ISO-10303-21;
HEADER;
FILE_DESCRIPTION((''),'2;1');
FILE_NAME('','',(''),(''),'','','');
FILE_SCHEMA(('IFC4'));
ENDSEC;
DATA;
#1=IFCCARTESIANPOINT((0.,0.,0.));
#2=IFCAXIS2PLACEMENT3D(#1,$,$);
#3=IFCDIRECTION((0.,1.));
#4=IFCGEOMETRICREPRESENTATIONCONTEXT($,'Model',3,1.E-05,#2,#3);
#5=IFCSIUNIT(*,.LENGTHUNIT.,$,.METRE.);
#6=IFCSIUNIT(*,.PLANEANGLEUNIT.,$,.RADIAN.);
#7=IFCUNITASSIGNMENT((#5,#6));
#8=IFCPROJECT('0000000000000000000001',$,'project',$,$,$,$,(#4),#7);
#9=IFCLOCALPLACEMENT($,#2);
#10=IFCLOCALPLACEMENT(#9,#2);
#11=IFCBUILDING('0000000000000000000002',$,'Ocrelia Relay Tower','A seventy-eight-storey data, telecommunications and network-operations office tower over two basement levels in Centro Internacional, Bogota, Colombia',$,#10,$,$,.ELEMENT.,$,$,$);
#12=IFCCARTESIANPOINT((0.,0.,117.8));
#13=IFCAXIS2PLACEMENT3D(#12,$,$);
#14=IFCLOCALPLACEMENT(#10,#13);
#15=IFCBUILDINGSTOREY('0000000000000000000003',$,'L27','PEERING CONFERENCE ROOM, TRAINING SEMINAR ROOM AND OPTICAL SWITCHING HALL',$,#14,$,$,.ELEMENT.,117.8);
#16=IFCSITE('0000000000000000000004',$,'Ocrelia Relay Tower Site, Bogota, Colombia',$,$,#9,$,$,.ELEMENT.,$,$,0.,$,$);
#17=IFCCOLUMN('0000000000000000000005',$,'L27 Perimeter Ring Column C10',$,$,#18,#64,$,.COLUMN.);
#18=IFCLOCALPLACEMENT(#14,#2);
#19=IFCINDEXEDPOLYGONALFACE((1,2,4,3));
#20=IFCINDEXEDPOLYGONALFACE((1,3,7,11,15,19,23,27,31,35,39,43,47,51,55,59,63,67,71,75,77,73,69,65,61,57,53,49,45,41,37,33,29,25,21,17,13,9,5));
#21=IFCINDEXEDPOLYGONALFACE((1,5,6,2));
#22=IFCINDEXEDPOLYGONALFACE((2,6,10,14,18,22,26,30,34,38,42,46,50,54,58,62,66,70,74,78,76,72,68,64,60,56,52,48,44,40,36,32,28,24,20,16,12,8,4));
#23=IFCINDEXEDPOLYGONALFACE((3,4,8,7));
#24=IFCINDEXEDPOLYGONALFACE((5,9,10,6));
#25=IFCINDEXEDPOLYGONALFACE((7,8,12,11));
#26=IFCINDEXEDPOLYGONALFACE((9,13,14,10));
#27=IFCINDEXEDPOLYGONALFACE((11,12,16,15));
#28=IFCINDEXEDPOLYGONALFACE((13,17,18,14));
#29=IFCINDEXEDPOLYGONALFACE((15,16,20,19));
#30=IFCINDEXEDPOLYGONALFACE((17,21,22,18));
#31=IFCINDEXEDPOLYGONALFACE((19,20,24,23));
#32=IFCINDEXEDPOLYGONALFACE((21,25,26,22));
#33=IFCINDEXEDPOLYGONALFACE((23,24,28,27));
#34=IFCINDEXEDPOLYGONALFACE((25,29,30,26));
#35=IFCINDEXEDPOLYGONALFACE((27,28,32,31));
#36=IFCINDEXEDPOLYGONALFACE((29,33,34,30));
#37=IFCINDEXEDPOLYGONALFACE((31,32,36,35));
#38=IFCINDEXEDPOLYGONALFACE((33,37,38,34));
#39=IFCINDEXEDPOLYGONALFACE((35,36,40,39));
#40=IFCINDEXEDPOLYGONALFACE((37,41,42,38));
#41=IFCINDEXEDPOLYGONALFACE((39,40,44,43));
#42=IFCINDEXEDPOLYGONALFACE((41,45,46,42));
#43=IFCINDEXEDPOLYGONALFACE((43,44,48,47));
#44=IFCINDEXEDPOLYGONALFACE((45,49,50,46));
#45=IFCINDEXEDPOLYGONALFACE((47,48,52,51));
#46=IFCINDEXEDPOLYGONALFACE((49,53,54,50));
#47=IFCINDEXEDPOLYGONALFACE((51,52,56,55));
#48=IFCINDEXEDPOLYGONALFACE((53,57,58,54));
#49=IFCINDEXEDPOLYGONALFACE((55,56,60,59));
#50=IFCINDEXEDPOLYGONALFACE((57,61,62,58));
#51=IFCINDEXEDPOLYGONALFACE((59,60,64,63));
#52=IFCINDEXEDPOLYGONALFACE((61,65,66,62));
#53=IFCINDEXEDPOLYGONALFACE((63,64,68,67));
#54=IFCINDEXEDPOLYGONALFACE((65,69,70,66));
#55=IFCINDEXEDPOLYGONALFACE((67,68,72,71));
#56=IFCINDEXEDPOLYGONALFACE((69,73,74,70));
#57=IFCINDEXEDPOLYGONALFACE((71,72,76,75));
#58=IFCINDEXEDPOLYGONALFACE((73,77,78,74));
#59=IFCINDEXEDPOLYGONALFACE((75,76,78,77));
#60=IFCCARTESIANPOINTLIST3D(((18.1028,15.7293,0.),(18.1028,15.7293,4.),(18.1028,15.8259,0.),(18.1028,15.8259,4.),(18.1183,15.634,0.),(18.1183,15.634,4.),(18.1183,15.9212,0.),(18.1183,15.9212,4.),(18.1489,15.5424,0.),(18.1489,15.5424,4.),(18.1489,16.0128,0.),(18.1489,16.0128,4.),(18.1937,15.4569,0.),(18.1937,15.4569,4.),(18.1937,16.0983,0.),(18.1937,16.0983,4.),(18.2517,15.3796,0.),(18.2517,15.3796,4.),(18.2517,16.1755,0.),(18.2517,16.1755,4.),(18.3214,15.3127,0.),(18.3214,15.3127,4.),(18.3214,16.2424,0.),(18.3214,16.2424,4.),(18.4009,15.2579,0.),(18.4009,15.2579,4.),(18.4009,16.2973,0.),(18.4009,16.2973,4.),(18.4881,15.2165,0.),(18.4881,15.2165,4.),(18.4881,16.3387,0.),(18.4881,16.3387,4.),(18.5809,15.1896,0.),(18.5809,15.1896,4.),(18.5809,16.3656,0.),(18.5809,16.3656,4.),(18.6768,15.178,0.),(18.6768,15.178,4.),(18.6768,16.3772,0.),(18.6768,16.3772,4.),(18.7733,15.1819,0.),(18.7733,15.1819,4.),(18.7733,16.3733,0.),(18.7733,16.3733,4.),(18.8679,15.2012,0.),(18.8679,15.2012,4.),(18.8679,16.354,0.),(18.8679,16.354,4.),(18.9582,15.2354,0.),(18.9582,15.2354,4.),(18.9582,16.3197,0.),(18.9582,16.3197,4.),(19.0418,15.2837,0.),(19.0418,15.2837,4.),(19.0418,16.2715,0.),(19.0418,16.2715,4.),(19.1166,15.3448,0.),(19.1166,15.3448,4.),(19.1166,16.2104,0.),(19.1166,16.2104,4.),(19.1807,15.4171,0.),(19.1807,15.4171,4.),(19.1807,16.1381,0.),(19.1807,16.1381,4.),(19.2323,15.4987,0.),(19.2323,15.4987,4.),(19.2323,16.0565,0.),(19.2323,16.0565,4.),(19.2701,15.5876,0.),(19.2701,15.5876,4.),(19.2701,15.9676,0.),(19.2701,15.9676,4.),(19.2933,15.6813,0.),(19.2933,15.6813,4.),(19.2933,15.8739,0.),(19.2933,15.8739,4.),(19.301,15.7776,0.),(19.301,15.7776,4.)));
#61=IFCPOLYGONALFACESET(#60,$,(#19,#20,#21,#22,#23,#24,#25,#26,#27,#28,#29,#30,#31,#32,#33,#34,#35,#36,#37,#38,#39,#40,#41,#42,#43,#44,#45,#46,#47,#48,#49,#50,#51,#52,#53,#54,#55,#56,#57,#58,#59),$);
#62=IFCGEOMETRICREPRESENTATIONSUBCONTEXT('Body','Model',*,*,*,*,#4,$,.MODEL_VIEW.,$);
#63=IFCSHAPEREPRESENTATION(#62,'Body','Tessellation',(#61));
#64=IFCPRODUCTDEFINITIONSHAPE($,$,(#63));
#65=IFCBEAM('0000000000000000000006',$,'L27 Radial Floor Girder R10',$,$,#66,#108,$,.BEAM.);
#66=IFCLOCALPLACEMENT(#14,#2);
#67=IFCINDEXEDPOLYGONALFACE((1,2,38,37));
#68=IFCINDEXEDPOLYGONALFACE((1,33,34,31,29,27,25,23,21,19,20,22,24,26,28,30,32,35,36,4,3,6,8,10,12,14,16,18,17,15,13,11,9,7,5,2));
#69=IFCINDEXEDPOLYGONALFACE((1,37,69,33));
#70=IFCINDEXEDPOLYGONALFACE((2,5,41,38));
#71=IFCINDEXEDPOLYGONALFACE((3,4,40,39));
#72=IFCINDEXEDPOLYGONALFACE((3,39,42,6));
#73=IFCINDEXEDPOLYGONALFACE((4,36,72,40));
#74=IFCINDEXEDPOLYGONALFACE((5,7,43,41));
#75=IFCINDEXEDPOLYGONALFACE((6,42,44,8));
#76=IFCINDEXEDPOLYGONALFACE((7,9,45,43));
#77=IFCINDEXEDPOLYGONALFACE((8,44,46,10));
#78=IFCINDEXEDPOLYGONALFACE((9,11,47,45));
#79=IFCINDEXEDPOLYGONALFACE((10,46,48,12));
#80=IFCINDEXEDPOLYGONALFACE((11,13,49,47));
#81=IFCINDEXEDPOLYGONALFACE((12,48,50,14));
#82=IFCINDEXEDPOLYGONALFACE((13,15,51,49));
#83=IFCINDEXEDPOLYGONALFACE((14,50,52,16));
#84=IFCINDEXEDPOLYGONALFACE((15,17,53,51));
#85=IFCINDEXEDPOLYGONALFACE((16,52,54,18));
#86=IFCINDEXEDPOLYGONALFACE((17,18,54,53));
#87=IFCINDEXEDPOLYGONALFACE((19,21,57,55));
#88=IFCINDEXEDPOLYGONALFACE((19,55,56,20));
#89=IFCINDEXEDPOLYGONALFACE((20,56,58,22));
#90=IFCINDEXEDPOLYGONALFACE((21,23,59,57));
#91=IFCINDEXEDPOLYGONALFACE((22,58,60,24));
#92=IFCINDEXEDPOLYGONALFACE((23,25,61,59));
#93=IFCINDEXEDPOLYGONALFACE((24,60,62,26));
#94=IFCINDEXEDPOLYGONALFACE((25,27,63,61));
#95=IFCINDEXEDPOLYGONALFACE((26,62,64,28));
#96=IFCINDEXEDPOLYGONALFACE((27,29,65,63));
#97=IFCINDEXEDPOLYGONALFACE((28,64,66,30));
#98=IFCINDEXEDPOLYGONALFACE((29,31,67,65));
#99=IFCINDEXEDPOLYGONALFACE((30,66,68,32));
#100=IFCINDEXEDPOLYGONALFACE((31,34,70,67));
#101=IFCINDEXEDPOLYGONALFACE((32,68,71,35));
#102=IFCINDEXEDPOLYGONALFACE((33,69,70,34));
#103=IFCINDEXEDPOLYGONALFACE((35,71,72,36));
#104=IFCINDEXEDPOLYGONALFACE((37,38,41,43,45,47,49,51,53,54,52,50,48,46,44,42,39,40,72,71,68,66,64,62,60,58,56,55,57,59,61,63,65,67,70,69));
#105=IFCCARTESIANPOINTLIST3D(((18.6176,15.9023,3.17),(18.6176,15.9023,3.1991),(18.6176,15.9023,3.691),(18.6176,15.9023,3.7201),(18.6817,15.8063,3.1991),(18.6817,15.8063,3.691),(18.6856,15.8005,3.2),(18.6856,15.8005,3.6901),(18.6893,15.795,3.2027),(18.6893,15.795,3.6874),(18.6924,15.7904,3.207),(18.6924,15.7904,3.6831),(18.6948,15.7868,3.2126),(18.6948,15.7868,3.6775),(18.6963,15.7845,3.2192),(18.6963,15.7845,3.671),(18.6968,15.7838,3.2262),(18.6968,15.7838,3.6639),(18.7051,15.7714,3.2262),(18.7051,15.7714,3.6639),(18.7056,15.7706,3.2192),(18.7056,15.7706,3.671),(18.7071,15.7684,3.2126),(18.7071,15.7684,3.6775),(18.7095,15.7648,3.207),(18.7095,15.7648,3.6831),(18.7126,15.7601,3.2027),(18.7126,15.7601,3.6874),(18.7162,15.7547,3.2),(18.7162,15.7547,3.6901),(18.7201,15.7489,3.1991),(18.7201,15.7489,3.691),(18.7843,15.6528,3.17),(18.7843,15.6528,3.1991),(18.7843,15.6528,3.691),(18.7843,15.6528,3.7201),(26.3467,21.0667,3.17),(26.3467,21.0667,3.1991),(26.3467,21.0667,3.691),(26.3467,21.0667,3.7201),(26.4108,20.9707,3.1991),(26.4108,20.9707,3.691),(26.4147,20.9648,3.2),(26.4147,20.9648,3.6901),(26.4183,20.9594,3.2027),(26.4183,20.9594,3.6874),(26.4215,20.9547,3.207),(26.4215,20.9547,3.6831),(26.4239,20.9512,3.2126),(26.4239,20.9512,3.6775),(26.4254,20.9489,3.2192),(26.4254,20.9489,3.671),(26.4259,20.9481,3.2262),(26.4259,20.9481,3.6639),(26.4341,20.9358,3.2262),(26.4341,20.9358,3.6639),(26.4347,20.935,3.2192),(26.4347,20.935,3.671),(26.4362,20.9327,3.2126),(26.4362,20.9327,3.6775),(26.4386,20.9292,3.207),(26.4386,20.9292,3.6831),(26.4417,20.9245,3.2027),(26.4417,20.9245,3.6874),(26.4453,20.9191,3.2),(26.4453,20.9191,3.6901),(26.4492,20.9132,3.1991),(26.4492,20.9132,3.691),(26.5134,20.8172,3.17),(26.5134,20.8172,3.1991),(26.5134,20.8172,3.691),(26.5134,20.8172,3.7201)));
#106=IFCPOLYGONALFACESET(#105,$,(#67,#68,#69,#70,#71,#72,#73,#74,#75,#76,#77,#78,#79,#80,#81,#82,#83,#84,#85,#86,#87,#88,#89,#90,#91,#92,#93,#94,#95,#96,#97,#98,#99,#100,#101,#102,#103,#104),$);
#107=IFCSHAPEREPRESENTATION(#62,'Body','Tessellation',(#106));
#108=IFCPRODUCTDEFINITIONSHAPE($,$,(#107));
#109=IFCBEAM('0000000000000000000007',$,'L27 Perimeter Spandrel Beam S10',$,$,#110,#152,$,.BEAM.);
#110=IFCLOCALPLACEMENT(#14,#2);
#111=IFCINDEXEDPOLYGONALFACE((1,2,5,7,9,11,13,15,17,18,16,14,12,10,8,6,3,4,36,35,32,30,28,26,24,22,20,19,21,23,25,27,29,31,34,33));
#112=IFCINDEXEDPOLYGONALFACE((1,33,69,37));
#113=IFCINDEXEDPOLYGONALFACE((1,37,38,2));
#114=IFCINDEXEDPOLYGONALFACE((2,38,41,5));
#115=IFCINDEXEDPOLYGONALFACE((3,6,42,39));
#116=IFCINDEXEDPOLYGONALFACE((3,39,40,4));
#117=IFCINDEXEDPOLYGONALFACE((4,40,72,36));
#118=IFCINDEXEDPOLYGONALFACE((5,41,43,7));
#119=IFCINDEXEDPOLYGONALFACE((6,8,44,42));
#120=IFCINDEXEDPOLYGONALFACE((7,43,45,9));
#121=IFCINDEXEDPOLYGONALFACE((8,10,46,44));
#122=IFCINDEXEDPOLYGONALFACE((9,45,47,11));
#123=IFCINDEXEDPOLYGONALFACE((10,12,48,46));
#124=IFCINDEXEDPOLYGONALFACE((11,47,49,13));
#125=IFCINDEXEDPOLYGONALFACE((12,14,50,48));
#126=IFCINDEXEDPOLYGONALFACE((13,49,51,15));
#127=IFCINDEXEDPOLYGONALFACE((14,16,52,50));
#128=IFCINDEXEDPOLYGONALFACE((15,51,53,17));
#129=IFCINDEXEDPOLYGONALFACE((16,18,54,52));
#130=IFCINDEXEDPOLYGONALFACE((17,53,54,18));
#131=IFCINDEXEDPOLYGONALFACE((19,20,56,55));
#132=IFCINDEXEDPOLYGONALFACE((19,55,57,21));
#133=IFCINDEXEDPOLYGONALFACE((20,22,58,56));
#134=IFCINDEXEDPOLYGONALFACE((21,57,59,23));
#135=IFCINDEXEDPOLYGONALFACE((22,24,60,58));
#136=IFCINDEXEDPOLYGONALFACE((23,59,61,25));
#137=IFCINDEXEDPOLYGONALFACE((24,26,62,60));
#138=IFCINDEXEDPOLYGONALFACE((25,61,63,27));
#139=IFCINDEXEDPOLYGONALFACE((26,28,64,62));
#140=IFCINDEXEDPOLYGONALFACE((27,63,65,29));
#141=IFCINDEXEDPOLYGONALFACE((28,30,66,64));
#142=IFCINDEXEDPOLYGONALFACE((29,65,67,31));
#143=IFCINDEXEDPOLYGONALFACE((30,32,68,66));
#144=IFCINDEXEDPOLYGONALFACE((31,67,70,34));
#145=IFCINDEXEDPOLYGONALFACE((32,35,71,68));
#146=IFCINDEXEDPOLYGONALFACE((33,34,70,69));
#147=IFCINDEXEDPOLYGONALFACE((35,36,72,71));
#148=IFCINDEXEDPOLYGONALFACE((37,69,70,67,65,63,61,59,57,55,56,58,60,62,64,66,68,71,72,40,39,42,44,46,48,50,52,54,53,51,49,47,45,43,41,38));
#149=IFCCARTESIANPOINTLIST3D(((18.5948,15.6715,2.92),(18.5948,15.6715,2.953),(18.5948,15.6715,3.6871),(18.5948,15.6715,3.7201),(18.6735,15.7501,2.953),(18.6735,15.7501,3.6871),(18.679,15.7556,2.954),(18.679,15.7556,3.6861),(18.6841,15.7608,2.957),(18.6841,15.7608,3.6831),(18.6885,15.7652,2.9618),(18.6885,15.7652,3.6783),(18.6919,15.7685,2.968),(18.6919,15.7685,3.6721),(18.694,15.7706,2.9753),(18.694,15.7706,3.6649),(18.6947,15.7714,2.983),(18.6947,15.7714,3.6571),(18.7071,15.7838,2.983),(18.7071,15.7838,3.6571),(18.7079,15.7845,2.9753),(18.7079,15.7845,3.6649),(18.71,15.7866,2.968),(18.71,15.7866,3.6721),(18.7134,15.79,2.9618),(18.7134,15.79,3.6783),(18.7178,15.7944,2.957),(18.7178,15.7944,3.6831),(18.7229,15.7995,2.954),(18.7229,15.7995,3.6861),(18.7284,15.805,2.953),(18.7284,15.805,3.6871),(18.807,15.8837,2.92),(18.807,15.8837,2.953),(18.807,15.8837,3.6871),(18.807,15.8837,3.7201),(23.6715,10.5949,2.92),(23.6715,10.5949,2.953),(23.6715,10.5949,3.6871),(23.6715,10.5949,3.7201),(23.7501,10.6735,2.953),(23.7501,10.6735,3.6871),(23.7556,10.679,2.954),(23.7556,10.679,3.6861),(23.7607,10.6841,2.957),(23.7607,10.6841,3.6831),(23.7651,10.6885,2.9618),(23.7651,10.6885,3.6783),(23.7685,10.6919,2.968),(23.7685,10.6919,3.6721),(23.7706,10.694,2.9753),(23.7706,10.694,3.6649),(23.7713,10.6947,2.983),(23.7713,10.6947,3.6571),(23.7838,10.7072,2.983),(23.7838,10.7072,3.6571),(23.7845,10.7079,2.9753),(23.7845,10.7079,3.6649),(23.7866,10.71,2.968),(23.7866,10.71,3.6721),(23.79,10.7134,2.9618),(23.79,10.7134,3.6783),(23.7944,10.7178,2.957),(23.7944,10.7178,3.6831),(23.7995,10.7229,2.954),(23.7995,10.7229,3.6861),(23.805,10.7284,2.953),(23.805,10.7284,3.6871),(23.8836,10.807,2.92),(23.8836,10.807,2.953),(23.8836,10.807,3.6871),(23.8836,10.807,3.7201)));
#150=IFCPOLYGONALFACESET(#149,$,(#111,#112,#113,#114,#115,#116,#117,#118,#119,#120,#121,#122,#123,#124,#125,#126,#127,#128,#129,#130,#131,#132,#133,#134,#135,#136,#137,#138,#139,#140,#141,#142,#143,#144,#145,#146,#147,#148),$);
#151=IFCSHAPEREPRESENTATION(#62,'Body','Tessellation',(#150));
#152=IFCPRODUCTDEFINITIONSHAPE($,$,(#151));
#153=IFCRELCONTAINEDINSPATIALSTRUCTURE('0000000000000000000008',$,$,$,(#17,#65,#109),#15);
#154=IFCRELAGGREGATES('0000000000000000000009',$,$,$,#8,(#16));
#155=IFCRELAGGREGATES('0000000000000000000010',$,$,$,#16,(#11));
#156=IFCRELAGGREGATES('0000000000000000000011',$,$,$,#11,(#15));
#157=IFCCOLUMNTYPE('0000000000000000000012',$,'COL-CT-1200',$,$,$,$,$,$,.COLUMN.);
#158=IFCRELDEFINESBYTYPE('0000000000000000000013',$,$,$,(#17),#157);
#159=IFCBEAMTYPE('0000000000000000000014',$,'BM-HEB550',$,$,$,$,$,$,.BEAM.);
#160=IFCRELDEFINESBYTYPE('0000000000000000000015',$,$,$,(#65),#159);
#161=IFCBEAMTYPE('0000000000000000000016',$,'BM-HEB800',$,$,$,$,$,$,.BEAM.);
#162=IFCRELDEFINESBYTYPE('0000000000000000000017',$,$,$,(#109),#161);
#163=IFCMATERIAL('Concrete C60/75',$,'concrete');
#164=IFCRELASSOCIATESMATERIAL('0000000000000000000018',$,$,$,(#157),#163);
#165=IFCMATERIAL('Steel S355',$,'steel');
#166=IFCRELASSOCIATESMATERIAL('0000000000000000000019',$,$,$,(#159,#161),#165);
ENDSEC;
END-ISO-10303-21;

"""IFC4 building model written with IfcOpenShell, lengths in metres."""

from ifc_helpers import new_model, si_unit, direction, frame, origin, origin_2d, place, context, subcontext, project, spatial, circle, i_section, extrude, material, material_profile, profile_set, type_object, element, save


model = new_model("IFC4")

# Units and contexts
model_context = context("Model", 3, precision=1e-05, world=origin(), true_north=direction((0.0, 1.0)))
body_context = subcontext(model_context, "Body", "Model", "MODEL_VIEW")
ifc_project = project(units=[si_unit("LENGTHUNIT", "METRE"), si_unit("PLANEANGLEUNIT", "RADIAN")], contexts=[model_context])

# Site, building, storey
site_placement = place(None, origin())
site = spatial("IfcSite", under=ifc_project, at=site_placement, Name="Ocrelia Relay Tower Site, Bogota, Colombia", CompositionType="ELEMENT", RefElevation=0.0)
building_placement = place(site_placement, origin())
building = spatial("IfcBuilding", under=site, at=building_placement, Name="Ocrelia Relay Tower", Description="A seventy-eight-storey data, telecommunications and network-operations office tower over two basement levels in Centro Internacional, Bogota, Colombia", CompositionType="ELEMENT")
storey_placement = place(building_placement, frame((0.0, 0.0, 117.8)))
storey = spatial("IfcBuildingStorey", under=building, at=storey_placement, Name="L27", Description="PEERING CONFERENCE ROOM, TRAINING SEMINAR ROOM AND OPTICAL SWITCHING HALL", CompositionType="ELEMENT", Elevation=117.8)

# Column
ifc_material_1 = material(Name="Concrete C60/75", Category="concrete")
ifc_material_profile_1 = material_profile(ifc_material_1, circle(Radius=0.6001, at=origin_2d()), Name="RC-CIR-1200")
ifc_profile_set_1 = profile_set([ifc_material_profile_1], Name="Concrete C60/75")
column_type = type_object("IfcColumnType", Name="COL-CT-1200", PredefinedType="COLUMN", material=ifc_profile_set_1)
column_placement = place(storey_placement, frame((18.7009, 15.7776, 0.0), z_axis=(0.0, 0.0, 1.0), x_axis=(1.0, 0.0, 0.0)))
element("IfcColumn", 1, at=column_placement, inside=storey, type_object=column_type, Name="L27 Perimeter Ring Column C10", PredefinedType="COLUMN", context=body_context, shape_type="SweptSolid", body=[
    extrude(circle(Radius=0.6001, at=origin_2d()), origin(), (0.0, 0.0, 1.0), 4.0),
])

# Beams
ifc_material_2 = material(Name="Steel S355", Category="steel")
ifc_material_profile_2 = material_profile(ifc_material_2, i_section(OverallWidth=0.3, OverallDepth=0.55, WebThickness=0.0149, FlangeThickness=0.0291, FilletRadius=0.0271, at=origin_2d()), Name="HEB 550")
ifc_profile_set_2 = profile_set([ifc_material_profile_2], Name="Steel S355")
beam_type_1 = type_object("IfcBeamType", Name="BM-HEB550", PredefinedType="BEAM", material=ifc_profile_set_2)
beam_1_placement = place(storey_placement, frame((18.7009, 15.7776, 3.4451), z_axis=(0.831472, 0.555567, 0.0), x_axis=(-0.555567, 0.831472, 0.0)))
element("IfcBeam", 2, at=beam_1_placement, inside=storey, type_object=beam_type_1, Name="L27 Radial Floor Girder R10", PredefinedType="BEAM", context=body_context, shape_type="SweptSolid", body=[
    extrude(i_section(OverallWidth=0.3, OverallDepth=0.55, WebThickness=0.0149, FlangeThickness=0.0291, FilletRadius=0.0271, at=origin_2d()), origin(), (0.0, 0.0, 1.0), 9.2957),
])
ifc_material_profile_3 = material_profile(ifc_material_2, i_section(OverallWidth=0.3, OverallDepth=0.8, WebThickness=0.0176, FlangeThickness=0.033, FilletRadius=0.03, at=origin_2d()), Name="HEB 800")
ifc_profile_set_3 = profile_set([ifc_material_profile_3], Name="Steel S355")
beam_type_2 = type_object("IfcBeamType", Name="BM-HEB800", PredefinedType="BEAM", material=ifc_profile_set_3)
beam_2_placement = place(storey_placement, frame((18.7009, 15.7776, 3.3201), z_axis=(0.707107, -0.707107, 0.0), x_axis=(0.707107, 0.707107, 0.0)))
element("IfcBeam", 3, at=beam_2_placement, inside=storey, type_object=beam_type_2, Name="L27 Perimeter Spandrel Beam S10", PredefinedType="BEAM", context=body_context, shape_type="SweptSolid", body=[
    extrude(i_section(OverallWidth=0.3, OverallDepth=0.8, WebThickness=0.0176, FlangeThickness=0.033, FilletRadius=0.03, at=origin_2d()), origin(), (0.0, 0.0, 1.0), 7.1794),
])

save(model, "model.ifc")
